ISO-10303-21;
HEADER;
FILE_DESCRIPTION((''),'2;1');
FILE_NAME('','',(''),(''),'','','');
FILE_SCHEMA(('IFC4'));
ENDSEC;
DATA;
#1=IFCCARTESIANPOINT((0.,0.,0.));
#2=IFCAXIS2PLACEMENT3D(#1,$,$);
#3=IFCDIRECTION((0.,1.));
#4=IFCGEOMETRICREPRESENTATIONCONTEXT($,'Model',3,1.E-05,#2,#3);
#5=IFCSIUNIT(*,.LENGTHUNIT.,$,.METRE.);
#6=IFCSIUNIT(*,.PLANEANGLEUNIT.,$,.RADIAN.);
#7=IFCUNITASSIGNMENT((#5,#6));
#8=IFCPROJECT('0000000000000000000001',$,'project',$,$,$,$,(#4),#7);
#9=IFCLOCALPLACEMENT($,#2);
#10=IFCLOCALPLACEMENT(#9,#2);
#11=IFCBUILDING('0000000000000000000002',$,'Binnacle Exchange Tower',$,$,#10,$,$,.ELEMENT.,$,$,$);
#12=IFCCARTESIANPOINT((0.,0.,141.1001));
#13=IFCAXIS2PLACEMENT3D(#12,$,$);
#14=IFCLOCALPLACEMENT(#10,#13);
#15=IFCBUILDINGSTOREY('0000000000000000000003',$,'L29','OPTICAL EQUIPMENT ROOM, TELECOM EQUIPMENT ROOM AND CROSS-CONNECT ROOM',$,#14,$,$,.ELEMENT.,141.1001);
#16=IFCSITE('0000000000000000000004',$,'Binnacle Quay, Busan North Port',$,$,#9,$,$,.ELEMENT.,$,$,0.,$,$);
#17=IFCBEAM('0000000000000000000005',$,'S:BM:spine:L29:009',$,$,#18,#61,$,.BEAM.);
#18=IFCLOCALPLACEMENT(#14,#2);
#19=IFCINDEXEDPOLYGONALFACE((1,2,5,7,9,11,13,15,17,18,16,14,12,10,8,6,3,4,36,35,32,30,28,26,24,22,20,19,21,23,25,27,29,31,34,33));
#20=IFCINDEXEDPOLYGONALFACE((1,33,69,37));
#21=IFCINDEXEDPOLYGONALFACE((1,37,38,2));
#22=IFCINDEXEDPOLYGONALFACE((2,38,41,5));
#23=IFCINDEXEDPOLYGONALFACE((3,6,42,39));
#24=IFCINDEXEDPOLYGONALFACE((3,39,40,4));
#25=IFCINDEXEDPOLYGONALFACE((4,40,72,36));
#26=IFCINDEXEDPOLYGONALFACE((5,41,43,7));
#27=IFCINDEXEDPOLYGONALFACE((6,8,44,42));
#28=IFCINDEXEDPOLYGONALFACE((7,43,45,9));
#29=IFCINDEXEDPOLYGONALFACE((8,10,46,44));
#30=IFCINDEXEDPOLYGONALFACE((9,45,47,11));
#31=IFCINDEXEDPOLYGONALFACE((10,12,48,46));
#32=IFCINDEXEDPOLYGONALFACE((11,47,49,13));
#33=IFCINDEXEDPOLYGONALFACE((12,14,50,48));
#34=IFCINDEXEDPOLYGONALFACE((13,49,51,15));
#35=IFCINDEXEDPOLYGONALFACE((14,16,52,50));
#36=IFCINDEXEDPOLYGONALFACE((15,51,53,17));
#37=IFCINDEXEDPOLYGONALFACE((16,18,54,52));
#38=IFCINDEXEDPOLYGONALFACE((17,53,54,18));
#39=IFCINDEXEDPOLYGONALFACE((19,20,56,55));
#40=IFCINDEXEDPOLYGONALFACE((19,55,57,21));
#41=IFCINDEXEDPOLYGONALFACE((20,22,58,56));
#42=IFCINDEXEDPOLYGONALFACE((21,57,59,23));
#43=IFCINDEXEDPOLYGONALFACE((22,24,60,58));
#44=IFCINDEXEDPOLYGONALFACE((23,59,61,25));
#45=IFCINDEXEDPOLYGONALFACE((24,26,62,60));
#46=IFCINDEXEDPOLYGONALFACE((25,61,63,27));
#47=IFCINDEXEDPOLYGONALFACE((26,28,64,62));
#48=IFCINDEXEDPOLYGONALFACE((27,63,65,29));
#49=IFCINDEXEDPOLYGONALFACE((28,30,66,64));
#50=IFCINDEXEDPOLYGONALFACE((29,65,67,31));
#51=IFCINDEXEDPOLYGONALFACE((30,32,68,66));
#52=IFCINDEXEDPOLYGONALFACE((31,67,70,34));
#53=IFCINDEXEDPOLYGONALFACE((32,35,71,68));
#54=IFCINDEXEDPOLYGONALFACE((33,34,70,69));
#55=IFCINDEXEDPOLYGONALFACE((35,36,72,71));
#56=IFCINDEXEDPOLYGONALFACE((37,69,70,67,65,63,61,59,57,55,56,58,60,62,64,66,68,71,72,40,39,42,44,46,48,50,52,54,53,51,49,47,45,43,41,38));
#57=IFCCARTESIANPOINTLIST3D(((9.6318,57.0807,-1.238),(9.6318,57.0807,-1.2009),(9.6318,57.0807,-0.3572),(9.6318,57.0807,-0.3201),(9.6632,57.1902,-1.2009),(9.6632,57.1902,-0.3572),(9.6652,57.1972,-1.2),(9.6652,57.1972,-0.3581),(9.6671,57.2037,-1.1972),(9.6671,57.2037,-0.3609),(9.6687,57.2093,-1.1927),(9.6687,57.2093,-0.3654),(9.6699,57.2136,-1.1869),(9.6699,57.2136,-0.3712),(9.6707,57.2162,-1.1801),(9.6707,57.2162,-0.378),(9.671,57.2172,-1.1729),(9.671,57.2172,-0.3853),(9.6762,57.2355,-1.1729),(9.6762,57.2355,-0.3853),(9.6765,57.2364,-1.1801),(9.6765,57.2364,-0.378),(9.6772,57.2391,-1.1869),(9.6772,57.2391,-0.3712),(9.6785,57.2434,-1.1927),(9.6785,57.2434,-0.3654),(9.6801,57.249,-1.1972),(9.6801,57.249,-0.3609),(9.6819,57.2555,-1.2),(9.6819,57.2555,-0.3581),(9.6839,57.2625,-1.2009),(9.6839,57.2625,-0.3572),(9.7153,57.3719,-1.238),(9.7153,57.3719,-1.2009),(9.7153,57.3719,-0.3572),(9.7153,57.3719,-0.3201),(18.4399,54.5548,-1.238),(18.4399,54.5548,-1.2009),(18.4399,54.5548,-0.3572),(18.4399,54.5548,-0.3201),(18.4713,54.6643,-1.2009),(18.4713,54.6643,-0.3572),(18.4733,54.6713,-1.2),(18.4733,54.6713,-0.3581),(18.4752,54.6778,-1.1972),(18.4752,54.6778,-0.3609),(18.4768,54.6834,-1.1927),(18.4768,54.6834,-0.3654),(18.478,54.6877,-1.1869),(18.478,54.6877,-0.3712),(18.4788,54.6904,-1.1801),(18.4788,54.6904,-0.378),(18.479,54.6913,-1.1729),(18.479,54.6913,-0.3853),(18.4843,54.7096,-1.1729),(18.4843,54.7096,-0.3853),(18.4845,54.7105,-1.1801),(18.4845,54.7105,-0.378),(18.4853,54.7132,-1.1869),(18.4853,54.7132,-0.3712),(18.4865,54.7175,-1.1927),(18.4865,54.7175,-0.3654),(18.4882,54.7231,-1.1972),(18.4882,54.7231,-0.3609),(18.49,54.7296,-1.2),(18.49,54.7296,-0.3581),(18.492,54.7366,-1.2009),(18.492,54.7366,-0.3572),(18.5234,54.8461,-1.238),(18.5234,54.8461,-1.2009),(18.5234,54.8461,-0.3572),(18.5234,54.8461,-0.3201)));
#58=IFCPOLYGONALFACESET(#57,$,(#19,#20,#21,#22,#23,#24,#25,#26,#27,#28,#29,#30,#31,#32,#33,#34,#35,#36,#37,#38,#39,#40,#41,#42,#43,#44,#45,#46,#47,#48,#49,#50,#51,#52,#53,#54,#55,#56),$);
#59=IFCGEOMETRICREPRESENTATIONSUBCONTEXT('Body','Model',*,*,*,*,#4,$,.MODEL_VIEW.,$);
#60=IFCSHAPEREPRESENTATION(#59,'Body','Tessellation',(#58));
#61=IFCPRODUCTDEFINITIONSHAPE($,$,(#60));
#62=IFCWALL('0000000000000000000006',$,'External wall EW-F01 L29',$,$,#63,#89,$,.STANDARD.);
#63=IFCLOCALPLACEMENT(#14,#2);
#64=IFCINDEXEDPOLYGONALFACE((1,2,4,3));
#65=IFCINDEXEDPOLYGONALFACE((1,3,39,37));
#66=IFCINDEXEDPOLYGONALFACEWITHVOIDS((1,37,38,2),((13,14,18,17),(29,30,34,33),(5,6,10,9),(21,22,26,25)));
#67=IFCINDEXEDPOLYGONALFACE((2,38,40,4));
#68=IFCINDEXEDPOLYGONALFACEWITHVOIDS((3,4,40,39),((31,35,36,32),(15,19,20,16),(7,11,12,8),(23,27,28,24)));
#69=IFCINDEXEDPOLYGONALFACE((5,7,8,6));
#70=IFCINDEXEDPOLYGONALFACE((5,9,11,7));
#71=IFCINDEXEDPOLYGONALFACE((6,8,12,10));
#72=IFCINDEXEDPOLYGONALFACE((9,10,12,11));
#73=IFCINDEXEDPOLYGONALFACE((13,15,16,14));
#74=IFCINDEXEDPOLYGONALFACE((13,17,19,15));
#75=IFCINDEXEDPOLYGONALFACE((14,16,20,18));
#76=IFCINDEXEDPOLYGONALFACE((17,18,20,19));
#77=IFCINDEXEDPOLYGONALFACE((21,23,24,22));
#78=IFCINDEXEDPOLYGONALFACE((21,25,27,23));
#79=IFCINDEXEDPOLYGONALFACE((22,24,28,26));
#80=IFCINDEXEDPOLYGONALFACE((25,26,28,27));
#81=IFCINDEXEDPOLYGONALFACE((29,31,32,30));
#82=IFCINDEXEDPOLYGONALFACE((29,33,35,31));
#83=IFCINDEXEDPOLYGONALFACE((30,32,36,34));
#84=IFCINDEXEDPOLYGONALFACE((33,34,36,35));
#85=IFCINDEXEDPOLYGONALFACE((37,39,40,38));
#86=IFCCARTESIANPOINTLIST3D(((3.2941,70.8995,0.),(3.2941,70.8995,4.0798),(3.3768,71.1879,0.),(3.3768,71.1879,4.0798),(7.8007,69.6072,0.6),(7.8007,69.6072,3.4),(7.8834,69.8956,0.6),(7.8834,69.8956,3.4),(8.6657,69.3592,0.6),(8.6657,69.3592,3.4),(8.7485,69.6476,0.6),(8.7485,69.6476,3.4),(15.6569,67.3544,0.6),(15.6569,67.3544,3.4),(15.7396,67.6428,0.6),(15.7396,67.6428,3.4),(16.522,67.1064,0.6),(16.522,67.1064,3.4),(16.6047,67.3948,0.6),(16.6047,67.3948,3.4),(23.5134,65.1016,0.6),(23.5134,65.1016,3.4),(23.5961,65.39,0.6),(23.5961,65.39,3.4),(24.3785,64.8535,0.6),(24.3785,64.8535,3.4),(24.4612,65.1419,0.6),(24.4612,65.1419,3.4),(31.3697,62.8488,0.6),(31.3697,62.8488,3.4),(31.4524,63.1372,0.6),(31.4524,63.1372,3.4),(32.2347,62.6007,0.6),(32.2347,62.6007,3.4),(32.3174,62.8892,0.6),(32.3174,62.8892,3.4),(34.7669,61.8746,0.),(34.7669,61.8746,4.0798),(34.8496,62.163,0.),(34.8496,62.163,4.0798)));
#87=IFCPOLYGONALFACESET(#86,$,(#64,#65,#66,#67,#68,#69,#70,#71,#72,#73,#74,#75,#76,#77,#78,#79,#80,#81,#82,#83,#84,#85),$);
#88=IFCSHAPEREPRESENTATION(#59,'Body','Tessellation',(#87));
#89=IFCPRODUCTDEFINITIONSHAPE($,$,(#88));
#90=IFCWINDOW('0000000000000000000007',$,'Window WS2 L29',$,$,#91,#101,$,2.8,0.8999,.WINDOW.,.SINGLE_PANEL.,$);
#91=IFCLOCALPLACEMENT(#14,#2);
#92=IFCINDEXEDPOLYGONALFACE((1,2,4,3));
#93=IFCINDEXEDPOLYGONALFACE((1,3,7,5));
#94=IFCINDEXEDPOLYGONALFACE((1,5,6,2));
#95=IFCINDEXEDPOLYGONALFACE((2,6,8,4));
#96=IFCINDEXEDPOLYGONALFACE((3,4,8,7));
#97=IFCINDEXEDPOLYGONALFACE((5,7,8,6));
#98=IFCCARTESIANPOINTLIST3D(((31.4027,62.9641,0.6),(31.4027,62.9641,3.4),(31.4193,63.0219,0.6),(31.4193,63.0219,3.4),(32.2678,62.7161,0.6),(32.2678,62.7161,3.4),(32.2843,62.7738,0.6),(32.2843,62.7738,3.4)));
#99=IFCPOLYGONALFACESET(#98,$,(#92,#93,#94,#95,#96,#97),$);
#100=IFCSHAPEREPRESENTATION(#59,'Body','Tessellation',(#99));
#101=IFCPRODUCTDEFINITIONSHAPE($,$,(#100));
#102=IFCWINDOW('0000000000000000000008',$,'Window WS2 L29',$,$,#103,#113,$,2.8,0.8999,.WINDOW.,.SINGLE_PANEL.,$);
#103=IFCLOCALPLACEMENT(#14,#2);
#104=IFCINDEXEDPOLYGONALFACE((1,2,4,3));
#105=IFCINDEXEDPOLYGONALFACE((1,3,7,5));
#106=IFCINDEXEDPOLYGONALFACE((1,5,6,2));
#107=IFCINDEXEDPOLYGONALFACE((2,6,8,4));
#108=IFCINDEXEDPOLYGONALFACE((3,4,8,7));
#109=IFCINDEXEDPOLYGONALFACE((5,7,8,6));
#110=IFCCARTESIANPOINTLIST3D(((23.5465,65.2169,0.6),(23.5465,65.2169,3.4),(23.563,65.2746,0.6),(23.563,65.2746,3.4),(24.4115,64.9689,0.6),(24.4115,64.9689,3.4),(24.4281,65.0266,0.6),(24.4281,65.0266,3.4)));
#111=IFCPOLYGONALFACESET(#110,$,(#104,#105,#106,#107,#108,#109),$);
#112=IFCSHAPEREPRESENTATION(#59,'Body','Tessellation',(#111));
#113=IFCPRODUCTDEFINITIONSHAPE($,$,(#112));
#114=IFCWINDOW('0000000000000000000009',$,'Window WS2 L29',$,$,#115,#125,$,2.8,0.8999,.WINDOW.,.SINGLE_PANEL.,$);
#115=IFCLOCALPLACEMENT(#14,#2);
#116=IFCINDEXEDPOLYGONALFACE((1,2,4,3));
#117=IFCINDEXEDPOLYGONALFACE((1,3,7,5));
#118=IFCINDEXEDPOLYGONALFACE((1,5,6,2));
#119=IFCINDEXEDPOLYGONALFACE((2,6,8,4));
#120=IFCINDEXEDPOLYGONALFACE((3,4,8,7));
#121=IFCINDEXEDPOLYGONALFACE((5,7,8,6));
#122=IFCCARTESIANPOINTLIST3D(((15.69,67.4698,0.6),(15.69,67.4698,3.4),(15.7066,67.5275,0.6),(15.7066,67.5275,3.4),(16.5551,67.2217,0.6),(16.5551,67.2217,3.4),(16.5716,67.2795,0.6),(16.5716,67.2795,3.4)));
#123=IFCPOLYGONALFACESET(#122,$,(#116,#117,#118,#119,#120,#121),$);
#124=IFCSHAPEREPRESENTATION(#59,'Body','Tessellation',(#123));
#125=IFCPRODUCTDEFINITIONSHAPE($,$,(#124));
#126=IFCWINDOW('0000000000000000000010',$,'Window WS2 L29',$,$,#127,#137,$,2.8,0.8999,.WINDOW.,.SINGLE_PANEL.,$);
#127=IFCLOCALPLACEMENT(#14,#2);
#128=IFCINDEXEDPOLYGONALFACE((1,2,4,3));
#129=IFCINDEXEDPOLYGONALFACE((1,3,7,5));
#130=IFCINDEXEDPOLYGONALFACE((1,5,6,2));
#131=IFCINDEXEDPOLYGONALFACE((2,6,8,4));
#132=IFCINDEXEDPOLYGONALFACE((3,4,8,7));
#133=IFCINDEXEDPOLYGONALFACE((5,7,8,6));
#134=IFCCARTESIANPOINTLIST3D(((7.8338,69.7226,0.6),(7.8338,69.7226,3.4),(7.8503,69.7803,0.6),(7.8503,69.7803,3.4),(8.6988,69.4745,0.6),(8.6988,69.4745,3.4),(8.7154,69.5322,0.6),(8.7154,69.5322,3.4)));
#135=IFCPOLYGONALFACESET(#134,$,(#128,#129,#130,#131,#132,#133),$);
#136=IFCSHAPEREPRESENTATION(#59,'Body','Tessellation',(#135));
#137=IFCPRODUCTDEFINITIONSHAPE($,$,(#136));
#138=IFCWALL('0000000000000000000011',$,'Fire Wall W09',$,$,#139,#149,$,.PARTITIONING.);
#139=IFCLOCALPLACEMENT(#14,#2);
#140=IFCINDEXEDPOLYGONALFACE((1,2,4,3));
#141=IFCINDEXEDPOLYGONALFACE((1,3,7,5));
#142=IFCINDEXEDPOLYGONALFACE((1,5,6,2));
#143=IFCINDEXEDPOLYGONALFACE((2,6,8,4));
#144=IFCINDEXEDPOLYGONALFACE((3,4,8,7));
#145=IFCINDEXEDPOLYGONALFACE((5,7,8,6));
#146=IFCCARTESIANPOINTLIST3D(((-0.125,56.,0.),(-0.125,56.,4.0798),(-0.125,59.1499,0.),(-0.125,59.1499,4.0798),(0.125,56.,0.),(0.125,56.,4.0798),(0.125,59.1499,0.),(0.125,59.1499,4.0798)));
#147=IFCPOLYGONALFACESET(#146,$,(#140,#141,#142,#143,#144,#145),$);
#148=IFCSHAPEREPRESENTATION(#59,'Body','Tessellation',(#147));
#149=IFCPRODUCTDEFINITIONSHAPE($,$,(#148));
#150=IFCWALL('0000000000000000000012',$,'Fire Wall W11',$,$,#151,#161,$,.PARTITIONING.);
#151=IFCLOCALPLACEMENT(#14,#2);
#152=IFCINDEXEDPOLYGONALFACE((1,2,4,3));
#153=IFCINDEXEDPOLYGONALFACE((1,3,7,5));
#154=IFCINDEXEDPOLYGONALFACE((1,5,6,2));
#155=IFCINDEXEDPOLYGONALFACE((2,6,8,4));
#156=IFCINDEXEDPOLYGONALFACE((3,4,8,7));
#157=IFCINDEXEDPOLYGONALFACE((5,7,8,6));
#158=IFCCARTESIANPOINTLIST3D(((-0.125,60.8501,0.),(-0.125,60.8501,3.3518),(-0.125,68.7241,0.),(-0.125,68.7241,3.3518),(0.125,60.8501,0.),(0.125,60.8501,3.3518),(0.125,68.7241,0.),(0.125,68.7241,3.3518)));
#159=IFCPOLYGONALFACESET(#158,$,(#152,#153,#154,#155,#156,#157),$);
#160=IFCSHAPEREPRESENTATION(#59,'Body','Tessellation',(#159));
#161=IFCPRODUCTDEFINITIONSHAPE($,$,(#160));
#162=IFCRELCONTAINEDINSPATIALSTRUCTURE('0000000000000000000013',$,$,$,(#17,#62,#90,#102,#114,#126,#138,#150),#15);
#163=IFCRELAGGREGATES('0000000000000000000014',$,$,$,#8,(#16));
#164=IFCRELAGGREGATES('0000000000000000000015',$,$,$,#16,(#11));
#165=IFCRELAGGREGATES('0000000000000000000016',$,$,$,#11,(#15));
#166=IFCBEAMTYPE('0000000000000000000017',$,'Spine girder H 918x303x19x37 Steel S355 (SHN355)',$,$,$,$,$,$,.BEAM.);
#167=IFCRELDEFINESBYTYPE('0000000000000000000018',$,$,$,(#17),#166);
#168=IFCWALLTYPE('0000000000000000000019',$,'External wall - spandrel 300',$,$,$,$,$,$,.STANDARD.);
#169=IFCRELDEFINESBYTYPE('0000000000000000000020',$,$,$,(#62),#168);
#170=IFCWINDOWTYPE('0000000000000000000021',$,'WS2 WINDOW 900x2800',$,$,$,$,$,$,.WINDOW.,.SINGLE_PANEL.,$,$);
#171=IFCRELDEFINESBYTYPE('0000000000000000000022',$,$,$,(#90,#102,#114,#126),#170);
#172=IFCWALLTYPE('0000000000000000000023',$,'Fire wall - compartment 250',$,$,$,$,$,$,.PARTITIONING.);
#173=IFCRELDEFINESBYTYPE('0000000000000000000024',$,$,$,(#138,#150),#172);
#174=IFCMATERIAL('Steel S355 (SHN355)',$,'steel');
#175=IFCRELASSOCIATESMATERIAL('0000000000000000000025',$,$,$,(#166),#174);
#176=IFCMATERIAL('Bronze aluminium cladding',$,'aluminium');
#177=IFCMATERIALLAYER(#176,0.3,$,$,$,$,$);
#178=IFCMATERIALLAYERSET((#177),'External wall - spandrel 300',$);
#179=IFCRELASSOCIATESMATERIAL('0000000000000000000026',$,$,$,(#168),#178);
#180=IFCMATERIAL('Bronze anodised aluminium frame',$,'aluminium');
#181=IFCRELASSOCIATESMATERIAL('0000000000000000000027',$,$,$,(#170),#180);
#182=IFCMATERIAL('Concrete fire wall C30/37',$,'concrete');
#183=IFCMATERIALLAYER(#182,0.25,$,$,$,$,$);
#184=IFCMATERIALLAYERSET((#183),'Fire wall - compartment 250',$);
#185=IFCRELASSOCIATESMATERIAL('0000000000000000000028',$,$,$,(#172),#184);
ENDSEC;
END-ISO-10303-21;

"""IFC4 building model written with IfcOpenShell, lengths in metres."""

from ifc_helpers import new_model, si_unit, direction, frame, frame_2d, origin, origin_2d, place, context, subcontext, project, spatial, rectangle, i_section, extrude, material, layer, layer_set, material_profile, profile_set, type_object, element, fill, save


model = new_model("IFC4")

# Units and contexts
model_context = context("Model", 3, precision=1e-05, world=origin(), true_north=direction((0.0, 1.0)))
body_context = subcontext(model_context, "Body", "Model", "MODEL_VIEW")
ifc_project = project(units=[si_unit("LENGTHUNIT", "METRE"), si_unit("PLANEANGLEUNIT", "RADIAN")], contexts=[model_context])

# Site, building, storey
site_placement = place(None, origin())
site = spatial("IfcSite", under=ifc_project, at=site_placement, Name="Binnacle Quay, Busan North Port", CompositionType="ELEMENT", RefElevation=0.0)
building_placement = place(site_placement, origin())
building = spatial("IfcBuilding", under=site, at=building_placement, Name="Binnacle Exchange Tower", CompositionType="ELEMENT")
storey_placement = place(building_placement, frame((0.0, 0.0, 141.1001)))
storey = spatial("IfcBuildingStorey", under=building, at=storey_placement, Name="L29", Description="OPTICAL EQUIPMENT ROOM, TELECOM EQUIPMENT ROOM AND CROSS-CONNECT ROOM", CompositionType="ELEMENT", Elevation=141.1001)

# Beam
ifc_material_1 = material(Name="Steel S355 (SHN355)", Category="steel")
ifc_material_profile_1 = material_profile(ifc_material_1, i_section(OverallWidth=0.303, OverallDepth=0.918, WebThickness=0.019, FlangeThickness=0.0371, FilletRadius=0.0281, at=origin_2d()), Name="H 918x303x19x37")
ifc_profile_set_1 = profile_set([ifc_material_profile_1], Name="Steel S355 (SHN355)")
beam_type_1 = type_object("IfcBeamType", Name="Spine girder H 918x303x19x37 Steel S355 (SHN355)", PredefinedType="BEAM", material=ifc_profile_set_1)
beam_1_placement = place(storey_placement, frame((9.6736, 57.2263, -0.7791), z_axis=(0.961256, -0.275657, 0.0), x_axis=(0.275657, 0.961256, 0.0)))
element("IfcBeam", 1, at=beam_1_placement, inside=storey, type_object=beam_type_1, Name="S:BM:spine:L29:009", PredefinedType="BEAM", context=body_context, shape_type="SweptSolid", body=[
    extrude(i_section(OverallWidth=0.303, OverallDepth=0.918, WebThickness=0.019, FlangeThickness=0.0371, FilletRadius=0.0281, at=origin_2d()), origin(), (0.0, 0.0, 1.0), 9.1631),
])

# Wall, openings, windows
ifc_material_2 = material(Name="Bronze aluminium cladding", Category="aluminium")
ifc_layer_1 = layer(ifc_material_2, 0.3)
ifc_layer_set_1 = layer_set([ifc_layer_1], Name="External wall - spandrel 300")
wall_type_1 = type_object("IfcWallType", Name="External wall - spandrel 300", PredefinedType="STANDARD", material=ifc_layer_set_1)
wall_1_placement = place(storey_placement, frame((3.3354, 71.0437, 0.0), z_axis=(0.0, 0.0, 1.0), x_axis=(0.96126, -0.275643, 0.0)))
wall_1 = element("IfcWall", 2, at=wall_1_placement, inside=storey, type_object=wall_type_1, Name="External wall EW-F01 L29", PredefinedType="STANDARD", context=body_context, shape_type="SweptSolid", body=[
    extrude(rectangle(XDim=32.7412, YDim=0.3, at=frame_2d((16.3706, 0.0))), origin(), (0.0, 0.0, 1.0), 4.0798),
])
opening_1_placement = place(wall_1_placement, frame((29.207, 0.0, 0.6001)))
opening_1 = element("IfcOpeningElement", 3, at=opening_1_placement, cuts=wall_1, PredefinedType="OPENING", context=body_context, shape_type="SweptSolid", body=[
    extrude(rectangle(XDim=0.8999, YDim=2.8, at=frame_2d((0.45, 1.3999))), frame((0.0, 0.1599, 0.0), z_axis=(0.0, -1.0, 0.0), x_axis=(1.0, 0.0, 0.0)), (0.0, 0.0, 1.0), 0.3201),
])
opening_2_placement = place(wall_1_placement, frame((21.0342, 0.0, 0.6001)))
opening_2 = element("IfcOpeningElement", 4, at=opening_2_placement, cuts=wall_1, PredefinedType="OPENING", context=body_context, shape_type="SweptSolid", body=[
    extrude(rectangle(XDim=0.8999, YDim=2.8, at=frame_2d((0.45, 1.3999))), frame((0.0, 0.1599, 0.0), z_axis=(0.0, -1.0, 0.0), x_axis=(1.0, 0.0, 0.0)), (0.0, 0.0, 1.0), 0.3201),
])
opening_3_placement = place(wall_1_placement, frame((12.8611, 0.0, 0.6001)))
opening_3 = element("IfcOpeningElement", 5, at=opening_3_placement, cuts=wall_1, PredefinedType="OPENING", context=body_context, shape_type="SweptSolid", body=[
    extrude(rectangle(XDim=0.8999, YDim=2.8, at=frame_2d((0.45, 1.3999))), frame((0.0, 0.1599, 0.0), z_axis=(0.0, -1.0, 0.0), x_axis=(1.0, 0.0, 0.0)), (0.0, 0.0, 1.0), 0.3201),
])
opening_4_placement = place(wall_1_placement, frame((4.6882, 0.0, 0.6001)))
opening_4 = element("IfcOpeningElement", 6, at=opening_4_placement, cuts=wall_1, PredefinedType="OPENING", context=body_context, shape_type="SweptSolid", body=[
    extrude(rectangle(XDim=0.8999, YDim=2.8, at=frame_2d((0.45, 1.3999))), frame((0.0, 0.1599, 0.0), z_axis=(0.0, -1.0, 0.0), x_axis=(1.0, 0.0, 0.0)), (0.0, 0.0, 1.0), 0.3201),
])
ifc_material_3 = material(Name="Bronze anodised aluminium frame", Category="aluminium")
window_type = type_object("IfcWindowType", Name="WS2 WINDOW 900x2800", PartitioningType="SINGLE_PANEL", PredefinedType="WINDOW", material=ifc_material_3)
window_1_placement = place(opening_1_placement, origin())
window_1 = element("IfcWindow", 7, at=window_1_placement, inside=storey, type_object=window_type, Name="Window WS2 L29", OverallHeight=2.8, OverallWidth=0.8999, PartitioningType="SINGLE_PANEL", PredefinedType="WINDOW", context=body_context, shape_type="SweptSolid", body=[
    extrude(rectangle(XDim=0.8999, YDim=2.8, at=frame_2d((0.45, 1.3999))), frame((0.0, 0.03, 0.0), z_axis=(0.0, -1.0, 0.0), x_axis=(1.0, 0.0, 0.0)), (0.0, 0.0, 1.0), 0.0601),
])
fill(opening_1, window_1)
window_2_placement = place(opening_2_placement, origin())
window_2 = element("IfcWindow", 8, at=window_2_placement, inside=storey, type_object=window_type, Name="Window WS2 L29", OverallHeight=2.8, OverallWidth=0.8999, PartitioningType="SINGLE_PANEL", PredefinedType="WINDOW", context=body_context, shape_type="SweptSolid", body=[
    extrude(rectangle(XDim=0.8999, YDim=2.8, at=frame_2d((0.45, 1.3999))), frame((0.0, 0.03, 0.0), z_axis=(0.0, -1.0, 0.0), x_axis=(1.0, 0.0, 0.0)), (0.0, 0.0, 1.0), 0.0601),
])
fill(opening_2, window_2)
window_3_placement = place(opening_3_placement, origin())
window_3 = element("IfcWindow", 9, at=window_3_placement, inside=storey, type_object=window_type, Name="Window WS2 L29", OverallHeight=2.8, OverallWidth=0.8999, PartitioningType="SINGLE_PANEL", PredefinedType="WINDOW", context=body_context, shape_type="SweptSolid", body=[
    extrude(rectangle(XDim=0.8999, YDim=2.8, at=frame_2d((0.45, 1.3999))), frame((0.0, 0.03, 0.0), z_axis=(0.0, -1.0, 0.0), x_axis=(1.0, 0.0, 0.0)), (0.0, 0.0, 1.0), 0.0601),
])
fill(opening_3, window_3)
window_4_placement = place(opening_4_placement, origin())
window_4 = element("IfcWindow", 10, at=window_4_placement, inside=storey, type_object=window_type, Name="Window WS2 L29", OverallHeight=2.8, OverallWidth=0.8999, PartitioningType="SINGLE_PANEL", PredefinedType="WINDOW", context=body_context, shape_type="SweptSolid", body=[
    extrude(rectangle(XDim=0.8999, YDim=2.8, at=frame_2d((0.45, 1.3999))), frame((0.0, 0.03, 0.0), z_axis=(0.0, -1.0, 0.0), x_axis=(1.0, 0.0, 0.0)), (0.0, 0.0, 1.0), 0.0601),
])
fill(opening_4, window_4)

# Walls
ifc_material_4 = material(Name="Concrete fire wall C30/37", Category="concrete")
ifc_layer_2 = layer(ifc_material_4, 0.25)
ifc_layer_set_2 = layer_set([ifc_layer_2], Name="Fire wall - compartment 250")
wall_type_2 = type_object("IfcWallType", Name="Fire wall - compartment 250", PredefinedType="PARTITIONING", material=ifc_layer_set_2)
wall_2_placement = place(storey_placement, frame((0.0, 56.0, 0.0), z_axis=(0.0, 0.0, 1.0), x_axis=(0.0, 1.0, 0.0)))
element("IfcWall", 11, at=wall_2_placement, inside=storey, type_object=wall_type_2, Name="Fire Wall W09", PredefinedType="PARTITIONING", context=body_context, shape_type="SweptSolid", body=[
    extrude(rectangle(XDim=3.1499, YDim=0.25, at=frame_2d((1.575, 0.0))), origin(), (0.0, 0.0, 1.0), 4.0798),
])
wall_3_placement = place(storey_placement, frame((0.0, 60.8501, 0.0), z_axis=(0.0, 0.0, 1.0), x_axis=(0.0, 1.0, 0.0)))
element("IfcWall", 12, at=wall_3_placement, inside=storey, type_object=wall_type_2, Name="Fire Wall W11", PredefinedType="PARTITIONING", context=body_context, shape_type="SweptSolid", body=[
    extrude(rectangle(XDim=7.874, YDim=0.25, at=frame_2d((3.937, 0.0))), origin(), (0.0, 0.0, 1.0), 3.3518),
])

save(model, "model.ifc")
